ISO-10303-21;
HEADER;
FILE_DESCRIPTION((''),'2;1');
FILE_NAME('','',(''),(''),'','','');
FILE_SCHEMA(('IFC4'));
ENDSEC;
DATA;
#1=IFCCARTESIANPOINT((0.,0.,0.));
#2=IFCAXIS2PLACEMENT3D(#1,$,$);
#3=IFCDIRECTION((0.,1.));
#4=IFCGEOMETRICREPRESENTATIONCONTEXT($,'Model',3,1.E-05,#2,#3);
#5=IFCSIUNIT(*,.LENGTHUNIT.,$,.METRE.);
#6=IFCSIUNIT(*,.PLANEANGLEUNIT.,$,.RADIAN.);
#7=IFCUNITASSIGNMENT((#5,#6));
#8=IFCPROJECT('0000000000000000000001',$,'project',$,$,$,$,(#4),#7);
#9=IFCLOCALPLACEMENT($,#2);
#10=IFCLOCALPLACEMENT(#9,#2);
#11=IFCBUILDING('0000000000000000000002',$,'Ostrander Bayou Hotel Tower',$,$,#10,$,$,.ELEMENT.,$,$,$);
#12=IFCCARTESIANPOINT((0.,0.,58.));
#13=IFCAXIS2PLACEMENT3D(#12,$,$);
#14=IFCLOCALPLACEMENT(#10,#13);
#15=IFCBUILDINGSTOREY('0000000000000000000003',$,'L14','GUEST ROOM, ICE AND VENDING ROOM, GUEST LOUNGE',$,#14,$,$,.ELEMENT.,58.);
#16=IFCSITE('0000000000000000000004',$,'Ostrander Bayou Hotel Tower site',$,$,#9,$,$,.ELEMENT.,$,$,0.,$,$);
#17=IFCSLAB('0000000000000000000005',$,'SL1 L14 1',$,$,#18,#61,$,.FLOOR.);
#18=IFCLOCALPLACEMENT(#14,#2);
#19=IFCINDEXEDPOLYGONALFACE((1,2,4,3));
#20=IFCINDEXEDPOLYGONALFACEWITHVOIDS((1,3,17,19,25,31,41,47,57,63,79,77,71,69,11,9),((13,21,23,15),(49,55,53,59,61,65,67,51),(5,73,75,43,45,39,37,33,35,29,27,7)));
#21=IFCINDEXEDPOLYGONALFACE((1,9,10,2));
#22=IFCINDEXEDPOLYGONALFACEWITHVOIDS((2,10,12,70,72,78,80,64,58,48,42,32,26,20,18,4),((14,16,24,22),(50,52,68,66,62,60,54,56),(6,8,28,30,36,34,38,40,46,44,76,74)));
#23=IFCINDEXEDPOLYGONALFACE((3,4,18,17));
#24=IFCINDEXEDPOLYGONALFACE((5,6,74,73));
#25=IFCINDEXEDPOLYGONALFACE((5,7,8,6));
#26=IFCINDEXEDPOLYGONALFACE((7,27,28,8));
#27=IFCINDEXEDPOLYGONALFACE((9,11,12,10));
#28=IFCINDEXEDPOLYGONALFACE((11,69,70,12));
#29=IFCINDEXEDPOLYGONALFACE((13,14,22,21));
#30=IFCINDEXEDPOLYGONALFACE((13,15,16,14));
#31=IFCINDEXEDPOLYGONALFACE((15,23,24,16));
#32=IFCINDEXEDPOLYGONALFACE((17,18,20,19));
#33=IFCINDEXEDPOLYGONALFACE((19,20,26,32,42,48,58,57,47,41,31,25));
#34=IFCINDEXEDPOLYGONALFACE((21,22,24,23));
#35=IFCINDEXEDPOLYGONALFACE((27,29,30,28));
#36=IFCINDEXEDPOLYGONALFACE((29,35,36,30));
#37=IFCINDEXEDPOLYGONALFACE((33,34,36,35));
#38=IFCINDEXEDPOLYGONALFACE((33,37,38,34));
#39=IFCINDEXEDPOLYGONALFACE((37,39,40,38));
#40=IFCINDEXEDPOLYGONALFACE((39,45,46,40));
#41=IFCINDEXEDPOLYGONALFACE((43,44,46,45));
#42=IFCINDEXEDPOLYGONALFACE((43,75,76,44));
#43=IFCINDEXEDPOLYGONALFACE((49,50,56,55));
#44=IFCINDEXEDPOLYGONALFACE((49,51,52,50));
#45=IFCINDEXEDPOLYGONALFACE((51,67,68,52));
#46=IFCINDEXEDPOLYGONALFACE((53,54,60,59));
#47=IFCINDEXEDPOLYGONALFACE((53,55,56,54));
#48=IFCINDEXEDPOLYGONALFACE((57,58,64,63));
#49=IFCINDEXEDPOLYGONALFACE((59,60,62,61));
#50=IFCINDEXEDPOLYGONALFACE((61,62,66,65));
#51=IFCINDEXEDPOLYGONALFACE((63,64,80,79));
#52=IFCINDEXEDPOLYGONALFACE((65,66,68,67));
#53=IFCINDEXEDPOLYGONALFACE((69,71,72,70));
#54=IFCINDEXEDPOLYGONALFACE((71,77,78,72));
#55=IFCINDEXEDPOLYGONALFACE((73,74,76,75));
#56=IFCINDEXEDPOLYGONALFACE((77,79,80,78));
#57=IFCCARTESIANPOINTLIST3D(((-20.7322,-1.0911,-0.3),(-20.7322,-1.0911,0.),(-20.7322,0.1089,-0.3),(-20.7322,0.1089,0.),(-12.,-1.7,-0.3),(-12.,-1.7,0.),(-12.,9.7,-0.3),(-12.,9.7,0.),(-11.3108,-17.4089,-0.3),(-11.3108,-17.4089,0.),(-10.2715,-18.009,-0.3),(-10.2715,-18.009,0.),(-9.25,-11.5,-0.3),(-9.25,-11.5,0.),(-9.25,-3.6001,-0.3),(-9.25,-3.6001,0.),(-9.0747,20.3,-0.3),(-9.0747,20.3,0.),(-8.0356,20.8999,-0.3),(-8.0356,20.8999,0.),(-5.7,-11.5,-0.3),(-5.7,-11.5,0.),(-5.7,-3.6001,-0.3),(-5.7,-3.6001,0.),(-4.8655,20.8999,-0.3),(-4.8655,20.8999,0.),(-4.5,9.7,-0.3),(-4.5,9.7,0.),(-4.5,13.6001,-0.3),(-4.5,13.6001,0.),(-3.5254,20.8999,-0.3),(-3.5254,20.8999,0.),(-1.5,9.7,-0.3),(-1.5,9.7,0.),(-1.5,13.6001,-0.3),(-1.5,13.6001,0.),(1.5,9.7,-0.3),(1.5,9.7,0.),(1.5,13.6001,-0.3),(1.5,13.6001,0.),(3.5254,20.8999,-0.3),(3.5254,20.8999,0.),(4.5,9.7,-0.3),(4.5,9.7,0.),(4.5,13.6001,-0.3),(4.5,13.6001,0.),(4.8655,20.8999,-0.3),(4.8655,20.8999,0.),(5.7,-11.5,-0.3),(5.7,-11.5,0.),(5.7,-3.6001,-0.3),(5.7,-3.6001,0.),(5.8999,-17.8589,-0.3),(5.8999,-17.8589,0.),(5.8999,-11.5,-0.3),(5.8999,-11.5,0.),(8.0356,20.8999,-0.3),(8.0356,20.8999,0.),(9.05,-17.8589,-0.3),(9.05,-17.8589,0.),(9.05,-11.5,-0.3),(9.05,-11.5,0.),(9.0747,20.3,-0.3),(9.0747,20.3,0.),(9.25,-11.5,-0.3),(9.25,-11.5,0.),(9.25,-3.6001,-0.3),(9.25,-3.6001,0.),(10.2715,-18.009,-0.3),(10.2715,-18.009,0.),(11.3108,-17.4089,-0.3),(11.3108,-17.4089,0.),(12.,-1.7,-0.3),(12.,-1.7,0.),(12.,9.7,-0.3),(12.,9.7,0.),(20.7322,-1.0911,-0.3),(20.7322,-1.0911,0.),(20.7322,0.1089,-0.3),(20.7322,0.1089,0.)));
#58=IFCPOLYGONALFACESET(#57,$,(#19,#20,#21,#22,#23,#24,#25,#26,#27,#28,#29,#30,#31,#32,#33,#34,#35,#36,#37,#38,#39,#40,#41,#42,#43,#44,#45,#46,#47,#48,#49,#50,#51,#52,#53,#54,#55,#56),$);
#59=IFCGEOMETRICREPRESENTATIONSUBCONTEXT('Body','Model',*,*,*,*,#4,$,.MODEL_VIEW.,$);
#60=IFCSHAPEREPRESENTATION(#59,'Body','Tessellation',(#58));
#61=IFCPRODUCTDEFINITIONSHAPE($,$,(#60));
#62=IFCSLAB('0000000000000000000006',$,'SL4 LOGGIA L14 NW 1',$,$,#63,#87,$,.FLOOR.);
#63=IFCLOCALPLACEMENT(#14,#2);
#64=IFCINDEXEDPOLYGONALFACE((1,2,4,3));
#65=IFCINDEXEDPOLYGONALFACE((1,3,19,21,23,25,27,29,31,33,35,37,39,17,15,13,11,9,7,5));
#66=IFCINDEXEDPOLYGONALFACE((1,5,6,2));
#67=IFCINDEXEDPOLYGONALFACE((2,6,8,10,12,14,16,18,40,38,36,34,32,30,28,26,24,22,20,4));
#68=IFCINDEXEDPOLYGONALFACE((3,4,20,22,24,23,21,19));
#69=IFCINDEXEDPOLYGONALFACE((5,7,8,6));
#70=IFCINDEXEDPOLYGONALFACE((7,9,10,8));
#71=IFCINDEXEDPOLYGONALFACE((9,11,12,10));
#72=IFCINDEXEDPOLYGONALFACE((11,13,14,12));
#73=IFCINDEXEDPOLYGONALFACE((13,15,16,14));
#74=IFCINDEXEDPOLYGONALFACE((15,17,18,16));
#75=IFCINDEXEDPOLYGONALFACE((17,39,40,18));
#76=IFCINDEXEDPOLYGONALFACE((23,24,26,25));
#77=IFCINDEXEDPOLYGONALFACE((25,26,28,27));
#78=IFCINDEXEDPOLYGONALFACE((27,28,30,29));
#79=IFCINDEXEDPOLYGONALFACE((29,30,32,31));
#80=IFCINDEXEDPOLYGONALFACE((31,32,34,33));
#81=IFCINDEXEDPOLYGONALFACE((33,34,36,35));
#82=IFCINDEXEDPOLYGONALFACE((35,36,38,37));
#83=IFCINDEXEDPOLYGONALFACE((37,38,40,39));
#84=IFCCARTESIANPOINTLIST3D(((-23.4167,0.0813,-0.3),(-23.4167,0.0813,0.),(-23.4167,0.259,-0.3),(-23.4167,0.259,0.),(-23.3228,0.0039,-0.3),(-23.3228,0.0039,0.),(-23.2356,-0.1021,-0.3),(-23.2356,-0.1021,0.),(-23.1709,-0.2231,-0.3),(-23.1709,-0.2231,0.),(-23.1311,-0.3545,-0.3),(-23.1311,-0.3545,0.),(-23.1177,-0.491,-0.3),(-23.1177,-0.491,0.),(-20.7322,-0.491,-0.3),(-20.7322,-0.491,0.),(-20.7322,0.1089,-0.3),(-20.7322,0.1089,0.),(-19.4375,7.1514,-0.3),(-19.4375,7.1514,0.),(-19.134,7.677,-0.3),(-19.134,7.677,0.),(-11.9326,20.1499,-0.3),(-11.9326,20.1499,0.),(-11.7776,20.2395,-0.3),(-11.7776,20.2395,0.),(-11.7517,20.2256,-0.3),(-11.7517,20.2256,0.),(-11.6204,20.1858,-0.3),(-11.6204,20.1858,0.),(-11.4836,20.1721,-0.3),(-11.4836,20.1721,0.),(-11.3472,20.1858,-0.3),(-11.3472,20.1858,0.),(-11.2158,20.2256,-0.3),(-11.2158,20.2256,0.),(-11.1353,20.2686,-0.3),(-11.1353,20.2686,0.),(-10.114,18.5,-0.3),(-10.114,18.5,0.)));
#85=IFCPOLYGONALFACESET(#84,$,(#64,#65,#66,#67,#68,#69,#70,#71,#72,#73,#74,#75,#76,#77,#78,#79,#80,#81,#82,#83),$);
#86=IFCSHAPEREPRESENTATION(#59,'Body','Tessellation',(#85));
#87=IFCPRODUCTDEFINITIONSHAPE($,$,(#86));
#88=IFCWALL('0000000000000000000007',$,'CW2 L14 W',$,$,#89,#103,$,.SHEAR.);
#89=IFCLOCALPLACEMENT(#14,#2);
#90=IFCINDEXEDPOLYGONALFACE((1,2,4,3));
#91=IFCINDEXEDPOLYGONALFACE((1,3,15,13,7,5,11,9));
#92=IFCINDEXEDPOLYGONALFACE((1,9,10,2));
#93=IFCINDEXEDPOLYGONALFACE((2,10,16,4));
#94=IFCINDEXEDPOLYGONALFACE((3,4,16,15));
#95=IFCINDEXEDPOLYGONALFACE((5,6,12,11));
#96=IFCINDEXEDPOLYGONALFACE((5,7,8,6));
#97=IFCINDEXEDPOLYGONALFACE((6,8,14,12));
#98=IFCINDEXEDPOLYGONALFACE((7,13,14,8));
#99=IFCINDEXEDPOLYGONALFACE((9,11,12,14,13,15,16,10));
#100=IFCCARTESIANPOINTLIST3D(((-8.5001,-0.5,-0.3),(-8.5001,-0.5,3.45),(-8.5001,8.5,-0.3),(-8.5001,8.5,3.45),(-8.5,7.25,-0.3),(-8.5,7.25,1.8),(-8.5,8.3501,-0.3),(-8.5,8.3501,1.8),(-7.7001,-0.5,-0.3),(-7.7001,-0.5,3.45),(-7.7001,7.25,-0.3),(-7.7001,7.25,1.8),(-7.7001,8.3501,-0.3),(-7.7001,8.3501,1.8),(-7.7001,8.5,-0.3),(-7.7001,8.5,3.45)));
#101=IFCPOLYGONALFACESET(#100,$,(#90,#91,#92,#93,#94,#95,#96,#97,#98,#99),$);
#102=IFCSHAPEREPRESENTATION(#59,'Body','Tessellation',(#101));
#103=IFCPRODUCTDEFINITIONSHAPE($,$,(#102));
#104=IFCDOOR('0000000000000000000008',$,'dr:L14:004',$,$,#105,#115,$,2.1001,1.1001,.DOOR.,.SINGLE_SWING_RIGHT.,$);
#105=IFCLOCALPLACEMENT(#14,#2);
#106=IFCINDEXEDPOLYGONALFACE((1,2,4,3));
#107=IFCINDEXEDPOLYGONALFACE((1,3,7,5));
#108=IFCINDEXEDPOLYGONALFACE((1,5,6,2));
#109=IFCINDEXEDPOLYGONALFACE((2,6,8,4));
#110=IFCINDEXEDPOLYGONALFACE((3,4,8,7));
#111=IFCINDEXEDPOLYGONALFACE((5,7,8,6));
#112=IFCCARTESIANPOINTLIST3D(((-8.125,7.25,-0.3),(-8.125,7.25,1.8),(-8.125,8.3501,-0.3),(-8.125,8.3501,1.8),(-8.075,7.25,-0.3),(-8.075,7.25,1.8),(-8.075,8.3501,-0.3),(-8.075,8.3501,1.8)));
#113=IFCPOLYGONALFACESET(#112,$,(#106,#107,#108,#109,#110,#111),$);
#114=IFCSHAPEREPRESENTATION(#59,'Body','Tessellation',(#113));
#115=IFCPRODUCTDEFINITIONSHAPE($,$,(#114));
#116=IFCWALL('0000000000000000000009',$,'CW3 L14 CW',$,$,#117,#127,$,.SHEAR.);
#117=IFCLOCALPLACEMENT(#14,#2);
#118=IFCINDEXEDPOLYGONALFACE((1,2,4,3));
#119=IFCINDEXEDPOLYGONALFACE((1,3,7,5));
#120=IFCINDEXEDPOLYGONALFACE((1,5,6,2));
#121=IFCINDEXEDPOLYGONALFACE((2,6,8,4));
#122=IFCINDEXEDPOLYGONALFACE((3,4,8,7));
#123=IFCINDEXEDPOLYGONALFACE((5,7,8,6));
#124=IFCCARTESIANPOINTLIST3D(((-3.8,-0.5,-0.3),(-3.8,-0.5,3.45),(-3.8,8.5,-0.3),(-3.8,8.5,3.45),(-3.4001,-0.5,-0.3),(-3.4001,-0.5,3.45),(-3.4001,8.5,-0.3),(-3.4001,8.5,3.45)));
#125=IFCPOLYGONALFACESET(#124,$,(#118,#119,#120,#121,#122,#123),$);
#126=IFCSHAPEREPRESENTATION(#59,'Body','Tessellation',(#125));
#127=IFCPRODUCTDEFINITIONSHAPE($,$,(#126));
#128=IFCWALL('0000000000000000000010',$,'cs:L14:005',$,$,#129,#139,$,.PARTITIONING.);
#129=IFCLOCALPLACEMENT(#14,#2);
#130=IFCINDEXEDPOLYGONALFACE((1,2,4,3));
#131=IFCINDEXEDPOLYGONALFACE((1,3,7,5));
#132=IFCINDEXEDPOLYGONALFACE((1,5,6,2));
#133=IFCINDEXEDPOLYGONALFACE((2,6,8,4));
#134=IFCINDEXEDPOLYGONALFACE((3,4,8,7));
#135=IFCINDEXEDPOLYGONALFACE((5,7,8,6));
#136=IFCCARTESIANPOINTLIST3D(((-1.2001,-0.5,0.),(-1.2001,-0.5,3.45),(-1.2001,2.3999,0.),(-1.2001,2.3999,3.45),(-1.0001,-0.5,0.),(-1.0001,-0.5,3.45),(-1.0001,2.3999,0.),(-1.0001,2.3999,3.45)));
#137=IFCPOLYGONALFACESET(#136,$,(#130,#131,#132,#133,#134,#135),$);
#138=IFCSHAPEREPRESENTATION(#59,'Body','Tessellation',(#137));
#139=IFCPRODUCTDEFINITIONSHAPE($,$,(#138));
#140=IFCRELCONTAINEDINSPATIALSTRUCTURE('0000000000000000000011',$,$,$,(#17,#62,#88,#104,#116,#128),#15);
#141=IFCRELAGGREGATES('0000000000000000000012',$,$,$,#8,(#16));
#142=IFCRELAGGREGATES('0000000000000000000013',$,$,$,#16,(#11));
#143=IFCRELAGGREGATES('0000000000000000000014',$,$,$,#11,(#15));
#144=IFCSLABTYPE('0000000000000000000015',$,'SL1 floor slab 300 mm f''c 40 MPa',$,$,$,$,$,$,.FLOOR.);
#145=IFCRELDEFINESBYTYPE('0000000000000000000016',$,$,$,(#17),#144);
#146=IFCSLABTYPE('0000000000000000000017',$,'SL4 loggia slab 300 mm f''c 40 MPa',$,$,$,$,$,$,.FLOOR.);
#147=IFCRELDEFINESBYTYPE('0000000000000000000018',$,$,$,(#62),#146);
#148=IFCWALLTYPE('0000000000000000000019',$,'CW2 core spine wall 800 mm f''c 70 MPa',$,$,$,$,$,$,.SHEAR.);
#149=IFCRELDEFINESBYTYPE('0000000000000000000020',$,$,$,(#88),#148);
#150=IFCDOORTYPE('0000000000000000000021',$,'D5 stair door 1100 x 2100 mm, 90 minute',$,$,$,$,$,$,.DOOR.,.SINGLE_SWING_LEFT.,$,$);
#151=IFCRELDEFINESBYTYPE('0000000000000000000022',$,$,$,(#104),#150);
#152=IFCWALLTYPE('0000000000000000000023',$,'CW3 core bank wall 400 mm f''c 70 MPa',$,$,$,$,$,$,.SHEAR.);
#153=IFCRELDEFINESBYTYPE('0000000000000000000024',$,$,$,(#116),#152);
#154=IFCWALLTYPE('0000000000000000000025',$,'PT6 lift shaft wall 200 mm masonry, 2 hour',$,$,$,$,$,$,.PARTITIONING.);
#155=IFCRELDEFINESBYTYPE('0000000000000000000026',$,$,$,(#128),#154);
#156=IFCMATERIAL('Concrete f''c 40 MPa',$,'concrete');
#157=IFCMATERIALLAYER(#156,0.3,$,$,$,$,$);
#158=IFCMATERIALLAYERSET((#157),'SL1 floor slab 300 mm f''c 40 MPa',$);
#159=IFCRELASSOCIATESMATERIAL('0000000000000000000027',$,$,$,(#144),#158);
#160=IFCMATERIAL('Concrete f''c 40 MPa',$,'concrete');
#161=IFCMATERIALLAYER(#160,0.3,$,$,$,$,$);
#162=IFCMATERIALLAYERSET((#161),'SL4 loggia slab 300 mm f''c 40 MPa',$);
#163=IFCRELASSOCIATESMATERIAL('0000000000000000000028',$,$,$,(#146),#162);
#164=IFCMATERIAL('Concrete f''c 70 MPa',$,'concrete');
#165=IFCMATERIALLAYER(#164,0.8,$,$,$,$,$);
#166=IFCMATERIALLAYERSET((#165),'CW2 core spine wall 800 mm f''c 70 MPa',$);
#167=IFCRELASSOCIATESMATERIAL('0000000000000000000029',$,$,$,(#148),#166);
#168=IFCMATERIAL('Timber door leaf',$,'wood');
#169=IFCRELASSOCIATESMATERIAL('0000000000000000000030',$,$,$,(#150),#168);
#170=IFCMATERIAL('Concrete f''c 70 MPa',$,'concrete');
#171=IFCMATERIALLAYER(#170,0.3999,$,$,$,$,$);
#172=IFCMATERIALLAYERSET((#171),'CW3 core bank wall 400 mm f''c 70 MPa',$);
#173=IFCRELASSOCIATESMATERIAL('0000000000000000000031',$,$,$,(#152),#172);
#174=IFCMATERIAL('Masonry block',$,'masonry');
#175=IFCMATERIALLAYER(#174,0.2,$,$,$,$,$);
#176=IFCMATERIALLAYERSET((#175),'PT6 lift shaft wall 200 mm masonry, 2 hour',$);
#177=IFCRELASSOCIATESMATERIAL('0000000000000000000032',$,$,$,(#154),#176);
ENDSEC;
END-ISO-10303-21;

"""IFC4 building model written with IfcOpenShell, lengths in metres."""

from ifc_helpers import new_model, si_unit, direction, frame, frame_2d, origin, place, context, subcontext, project, spatial, polyline, rectangle, outline, extrude, material, layer, layer_set, type_object, element, fill, save


model = new_model("IFC4")

# Units and contexts
model_context = context("Model", 3, precision=1e-05, world=origin(), true_north=direction((0.0, 1.0)))
body_context = subcontext(model_context, "Body", "Model", "MODEL_VIEW")
ifc_project = project(units=[si_unit("LENGTHUNIT", "METRE"), si_unit("PLANEANGLEUNIT", "RADIAN")], contexts=[model_context])

# Site, building, storey
site_placement = place(None, origin())
site = spatial("IfcSite", under=ifc_project, at=site_placement, Name="Ostrander Bayou Hotel Tower site", CompositionType="ELEMENT", RefElevation=0.0)
building_placement = place(site_placement, origin())
building = spatial("IfcBuilding", under=site, at=building_placement, Name="Ostrander Bayou Hotel Tower", CompositionType="ELEMENT")
storey_placement = place(building_placement, frame((0.0, 0.0, 58.0)))
storey = spatial("IfcBuildingStorey", under=building, at=storey_placement, Name="L14", Description="GUEST ROOM, ICE AND VENDING ROOM, GUEST LOUNGE", CompositionType="ELEMENT", Elevation=58.0)

# Slabs
ifc_material_1 = material(Name="Concrete f'c 40 MPa", Category="concrete")
ifc_layer_1 = layer(ifc_material_1, 0.3)
ifc_layer_set_1 = layer_set([ifc_layer_1], Name="SL1 floor slab 300 mm f'c 40 MPa")
slab_type_1 = type_object("IfcSlabType", Name="SL1 floor slab 300 mm f'c 40 MPa", PredefinedType="FLOOR", material=ifc_layer_set_1)
slab_1_placement = place(storey_placement, frame((0.0, 0.0, -0.3)))
element("IfcSlab", 1, at=slab_1_placement, inside=storey, type_object=slab_type_1, Name="SL1 L14 1", PredefinedType="FLOOR", context=body_context, shape_type="SweptSolid", body=[
    extrude(outline(polyline([(-3.5254, 20.8999), (3.5254, 20.8999), (4.8655, 20.8999), (8.0356, 20.8999), (9.0747, 20.3), (20.7322, 0.1089), (20.7322, -1.0911), (11.3108, -17.4089), (10.2715, -18.009), (-10.2715, -18.009), (-11.3108, -17.4089), (-20.7322, -1.0911), (-20.7322, 0.1089), (-9.0747, 20.3), (-8.0356, 20.8999), (-4.8655, 20.8999), (-3.5254, 20.8999)]), holes=[polyline([(-12.0, -1.7), (12.0, -1.7), (12.0, 9.7), (4.5, 9.7), (4.5, 13.6001), (1.5, 13.6001), (1.5, 9.7), (-1.5, 9.7), (-1.5, 13.6001), (-4.5, 13.6001), (-4.5, 9.7), (-12.0, 9.7), (-12.0, -1.7)]), polyline([(9.05, -11.5), (9.25, -11.5), (9.25, -3.6001), (5.7, -3.6001), (5.7, -11.5), (5.8999, -11.5), (5.8999, -17.8589), (9.05, -17.8589), (9.05, -11.5)]), polyline([(-5.7, -3.6001), (-9.25, -3.6001), (-9.25, -11.5), (-5.7, -11.5), (-5.7, -3.6001)])]), origin(), (0.0, 0.0, 1.0), 0.3),
])
ifc_material_2 = material(Name="Concrete f'c 40 MPa", Category="concrete")
ifc_layer_2 = layer(ifc_material_2, 0.3)
ifc_layer_set_2 = layer_set([ifc_layer_2], Name="SL4 loggia slab 300 mm f'c 40 MPa")
slab_type_2 = type_object("IfcSlabType", Name="SL4 loggia slab 300 mm f'c 40 MPa", PredefinedType="FLOOR", material=ifc_layer_set_2)
slab_2_placement = place(storey_placement, frame((0.0, 0.0, -0.3)))
element("IfcSlab", 2, at=slab_2_placement, inside=storey, type_object=slab_type_2, Name="SL4 LOGGIA L14 NW 1", PredefinedType="FLOOR", context=body_context, shape_type="SweptSolid", body=[
    extrude(outline(polyline([(-23.1177, -0.491), (-23.1311, -0.3545), (-23.1709, -0.2231), (-23.2356, -0.1021), (-23.3228, 0.0039), (-23.4167, 0.0813), (-23.4167, 0.259), (-19.4375, 7.1514), (-19.134, 7.677), (-11.9326, 20.1499), (-11.7776, 20.2395), (-11.7517, 20.2256), (-11.6204, 20.1858), (-11.4836, 20.1721), (-11.3472, 20.1858), (-11.2158, 20.2256), (-11.1353, 20.2686), (-10.114, 18.5), (-20.7322, 0.1089), (-20.7322, -0.491), (-23.1177, -0.491)])), origin(), (0.0, 0.0, 1.0), 0.3),
])

# Wall, opening, door
ifc_material_3 = material(Name="Concrete f'c 70 MPa", Category="concrete")
ifc_layer_3 = layer(ifc_material_3, 0.8)
ifc_layer_set_3 = layer_set([ifc_layer_3], Name="CW2 core spine wall 800 mm f'c 70 MPa")
wall_type_1 = type_object("IfcWallType", Name="CW2 core spine wall 800 mm f'c 70 MPa", PredefinedType="SHEAR", material=ifc_layer_set_3)
wall_1_placement = place(storey_placement, frame((-8.1001, -0.5, -0.3), z_axis=(0.0, 0.0, 1.0), x_axis=(0.0, 1.0, 0.0)))
wall_1 = element("IfcWall", 3, at=wall_1_placement, inside=storey, type_object=wall_type_1, Name="CW2 L14 W", PredefinedType="SHEAR", context=body_context, shape_type="SweptSolid", body=[
    extrude(rectangle(XDim=9.0, YDim=0.8, at=frame_2d((4.5, 0.0))), origin(), (0.0, 0.0, 1.0), 3.75),
])
opening_1_placement = place(wall_1_placement, frame((7.75, 0.0, 0.0)))
opening_1 = element("IfcOpeningElement", 4, at=opening_1_placement, cuts=wall_1, PredefinedType="OPENING", context=body_context, shape_type="SweptSolid", body=[
    extrude(rectangle(XDim=1.1001, YDim=2.1001, at=frame_2d((0.55, 1.05))), frame((0.0, 0.3999, 0.0), z_axis=(0.0, -1.0, 0.0), x_axis=(1.0, 0.0, 0.0)), (0.0, 0.0, 1.0), 0.8),
])
ifc_material_4 = material(Name="Timber door leaf", Category="wood")
door_type_1 = type_object("IfcDoorType", Name="D5 stair door 1100 x 2100 mm, 90 minute", OperationType="SINGLE_SWING_LEFT", PredefinedType="DOOR", material=ifc_material_4)
door_1_placement = place(opening_1_placement, origin())
door_1 = element("IfcDoor", 5, at=door_1_placement, inside=storey, type_object=door_type_1, Name="dr:L14:004", OperationType="SINGLE_SWING_RIGHT", OverallHeight=2.1001, OverallWidth=1.1001, PredefinedType="DOOR", context=body_context, shape_type="SweptSolid", body=[
    extrude(rectangle(XDim=1.1001, YDim=2.1001, at=frame_2d((0.55, 1.05))), frame((0.0, 0.0249, 0.0), z_axis=(0.0, -1.0, 0.0), x_axis=(1.0, 0.0, 0.0)), (0.0, 0.0, 1.0), 0.05),
])
fill(opening_1, door_1)

# Walls
ifc_material_5 = material(Name="Concrete f'c 70 MPa", Category="concrete")
ifc_layer_4 = layer(ifc_material_5, 0.3999)
ifc_layer_set_4 = layer_set([ifc_layer_4], Name="CW3 core bank wall 400 mm f'c 70 MPa")
wall_type_2 = type_object("IfcWallType", Name="CW3 core bank wall 400 mm f'c 70 MPa", PredefinedType="SHEAR", material=ifc_layer_set_4)
wall_2_placement = place(storey_placement, frame((-3.6001, -0.5, -0.3), z_axis=(0.0, 0.0, 1.0), x_axis=(0.0, 1.0, 0.0)))
element("IfcWall", 6, at=wall_2_placement, inside=storey, type_object=wall_type_2, Name="CW3 L14 CW", PredefinedType="SHEAR", context=body_context, shape_type="SweptSolid", body=[
    extrude(rectangle(XDim=9.0, YDim=0.3999, at=frame_2d((4.5, 0.0))), origin(), (0.0, 0.0, 1.0), 3.75),
])
ifc_material_6 = material(Name="Masonry block", Category="masonry")
ifc_layer_5 = layer(ifc_material_6, 0.2)
ifc_layer_set_5 = layer_set([ifc_layer_5], Name="PT6 lift shaft wall 200 mm masonry, 2 hour")
wall_type_3 = type_object("IfcWallType", Name="PT6 lift shaft wall 200 mm masonry, 2 hour", PredefinedType="PARTITIONING", material=ifc_layer_set_5)
wall_3_placement = place(storey_placement, frame((-1.1001, -0.5, 0.0), z_axis=(0.0, 0.0, 1.0), x_axis=(0.0, 1.0, 0.0)))
element("IfcWall", 7, at=wall_3_placement, inside=storey, type_object=wall_type_3, Name="cs:L14:005", PredefinedType="PARTITIONING", context=body_context, shape_type="SweptSolid", body=[
    extrude(rectangle(XDim=2.8999, YDim=0.2, at=frame_2d((1.45, 0.0))), origin(), (0.0, 0.0, 1.0), 3.45),
])

save(model, "model.ifc")
